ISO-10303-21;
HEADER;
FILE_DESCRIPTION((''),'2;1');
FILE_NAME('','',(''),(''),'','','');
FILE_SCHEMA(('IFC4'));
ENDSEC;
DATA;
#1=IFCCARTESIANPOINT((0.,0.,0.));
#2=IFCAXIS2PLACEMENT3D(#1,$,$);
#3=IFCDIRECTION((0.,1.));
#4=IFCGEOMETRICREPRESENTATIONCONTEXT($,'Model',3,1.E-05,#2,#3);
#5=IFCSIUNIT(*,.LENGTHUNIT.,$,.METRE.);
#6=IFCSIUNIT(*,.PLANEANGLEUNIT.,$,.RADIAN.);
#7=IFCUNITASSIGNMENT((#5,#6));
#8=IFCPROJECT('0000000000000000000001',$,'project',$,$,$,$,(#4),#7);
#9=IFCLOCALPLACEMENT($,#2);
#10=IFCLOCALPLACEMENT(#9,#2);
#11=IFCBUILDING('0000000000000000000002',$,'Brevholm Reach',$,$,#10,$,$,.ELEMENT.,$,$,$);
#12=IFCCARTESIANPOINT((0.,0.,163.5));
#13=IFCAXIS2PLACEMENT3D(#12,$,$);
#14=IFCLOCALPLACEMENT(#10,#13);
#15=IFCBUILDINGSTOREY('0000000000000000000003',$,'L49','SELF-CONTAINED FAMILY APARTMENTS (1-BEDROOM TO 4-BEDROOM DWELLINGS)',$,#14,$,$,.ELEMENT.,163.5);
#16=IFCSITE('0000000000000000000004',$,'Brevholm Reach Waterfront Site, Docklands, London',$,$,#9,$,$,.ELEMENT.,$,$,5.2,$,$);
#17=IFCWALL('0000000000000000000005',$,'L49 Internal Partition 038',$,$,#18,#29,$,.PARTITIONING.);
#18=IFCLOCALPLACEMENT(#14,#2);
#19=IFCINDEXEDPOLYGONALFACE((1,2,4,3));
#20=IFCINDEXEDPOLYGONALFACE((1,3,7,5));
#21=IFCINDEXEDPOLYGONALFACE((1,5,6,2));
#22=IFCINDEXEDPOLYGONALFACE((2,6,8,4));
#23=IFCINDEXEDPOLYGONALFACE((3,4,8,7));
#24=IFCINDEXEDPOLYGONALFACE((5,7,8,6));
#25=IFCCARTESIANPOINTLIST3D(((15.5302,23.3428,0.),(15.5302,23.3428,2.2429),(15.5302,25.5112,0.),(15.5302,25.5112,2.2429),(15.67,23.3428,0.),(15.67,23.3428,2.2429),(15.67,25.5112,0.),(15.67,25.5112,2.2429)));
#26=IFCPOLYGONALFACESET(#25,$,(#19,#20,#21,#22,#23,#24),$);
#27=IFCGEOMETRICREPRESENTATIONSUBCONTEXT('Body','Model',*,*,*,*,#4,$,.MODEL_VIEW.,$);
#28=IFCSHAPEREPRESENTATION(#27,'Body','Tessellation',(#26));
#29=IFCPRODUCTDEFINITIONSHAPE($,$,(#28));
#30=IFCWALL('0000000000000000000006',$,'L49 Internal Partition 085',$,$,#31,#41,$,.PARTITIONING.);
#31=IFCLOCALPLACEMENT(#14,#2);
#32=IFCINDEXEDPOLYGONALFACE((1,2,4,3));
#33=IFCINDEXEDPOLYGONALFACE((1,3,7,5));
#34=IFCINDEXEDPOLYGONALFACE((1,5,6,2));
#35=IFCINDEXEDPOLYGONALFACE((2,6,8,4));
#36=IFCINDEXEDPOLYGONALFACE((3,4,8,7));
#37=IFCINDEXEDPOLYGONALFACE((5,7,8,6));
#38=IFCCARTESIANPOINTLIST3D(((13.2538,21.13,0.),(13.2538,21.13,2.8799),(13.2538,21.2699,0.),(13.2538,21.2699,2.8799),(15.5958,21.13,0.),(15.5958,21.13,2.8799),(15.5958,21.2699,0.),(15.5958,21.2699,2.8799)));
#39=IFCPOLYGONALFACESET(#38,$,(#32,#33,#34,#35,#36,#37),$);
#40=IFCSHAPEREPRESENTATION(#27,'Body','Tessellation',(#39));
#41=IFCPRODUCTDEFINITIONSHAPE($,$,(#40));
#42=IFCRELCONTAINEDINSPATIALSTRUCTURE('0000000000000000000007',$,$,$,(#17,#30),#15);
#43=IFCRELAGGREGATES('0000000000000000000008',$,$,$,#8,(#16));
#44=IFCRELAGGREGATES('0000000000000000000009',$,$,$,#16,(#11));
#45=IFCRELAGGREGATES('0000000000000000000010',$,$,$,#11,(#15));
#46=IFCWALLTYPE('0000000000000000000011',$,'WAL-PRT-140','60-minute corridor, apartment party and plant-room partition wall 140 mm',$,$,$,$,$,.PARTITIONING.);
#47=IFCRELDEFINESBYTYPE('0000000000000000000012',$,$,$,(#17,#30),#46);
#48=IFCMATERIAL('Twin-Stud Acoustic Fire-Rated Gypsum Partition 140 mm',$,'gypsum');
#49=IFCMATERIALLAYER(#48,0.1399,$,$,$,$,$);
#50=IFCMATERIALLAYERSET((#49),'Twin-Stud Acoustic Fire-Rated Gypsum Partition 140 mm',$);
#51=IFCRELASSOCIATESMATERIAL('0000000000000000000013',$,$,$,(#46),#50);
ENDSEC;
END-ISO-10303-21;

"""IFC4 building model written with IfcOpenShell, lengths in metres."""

from ifc_helpers import new_model, si_unit, direction, frame, frame_2d, origin, place, context, subcontext, project, spatial, rectangle, extrude, material, layer, layer_set, type_object, element, save


model = new_model("IFC4")

# Units and contexts
model_context = context("Model", 3, precision=1e-05, world=origin(), true_north=direction((0.0, 1.0)))
body_context = subcontext(model_context, "Body", "Model", "MODEL_VIEW")
ifc_project = project(units=[si_unit("LENGTHUNIT", "METRE"), si_unit("PLANEANGLEUNIT", "RADIAN")], contexts=[model_context])

# Site, building, storey
site_placement = place(None, origin())
site = spatial("IfcSite", under=ifc_project, at=site_placement, Name="Brevholm Reach Waterfront Site, Docklands, London", CompositionType="ELEMENT", RefElevation=5.2)
building_placement = place(site_placement, origin())
building = spatial("IfcBuilding", under=site, at=building_placement, Name="Brevholm Reach", CompositionType="ELEMENT")
storey_placement = place(building_placement, frame((0.0, 0.0, 163.5)))
storey = spatial("IfcBuildingStorey", under=building, at=storey_placement, Name="L49", Description="SELF-CONTAINED FAMILY APARTMENTS (1-BEDROOM TO 4-BEDROOM DWELLINGS)", CompositionType="ELEMENT", Elevation=163.5)

# Shared definitions
ifc_material_1 = material(Name="Twin-Stud Acoustic Fire-Rated Gypsum Partition 140 mm", Category="gypsum")
ifc_layer_1 = layer(ifc_material_1, 0.1399)
ifc_layer_set_1 = layer_set([ifc_layer_1], Name="Twin-Stud Acoustic Fire-Rated Gypsum Partition 140 mm")
wall_type_1 = type_object("IfcWallType", Name="WAL-PRT-140", Description="60-minute corridor, apartment party and plant-room partition wall 140 mm", PredefinedType="PARTITIONING", material=ifc_layer_set_1)

# Walls
wall_1_placement = place(storey_placement, frame((15.6001, 23.3428, 0.0), z_axis=(0.0, 0.0, 1.0), x_axis=(0.0, 1.0, 0.0)))
element("IfcWall", 1, at=wall_1_placement, inside=storey, type_object=wall_type_1, Name="L49 Internal Partition 038", PredefinedType="PARTITIONING", context=body_context, shape_type="SweptSolid", body=[
    extrude(rectangle(XDim=2.1685, YDim=0.1399, at=frame_2d((1.0842, 0.0))), origin(), (0.0, 0.0, 1.0), 2.2429),
])
wall_2_placement = place(storey_placement, frame((13.2539, 21.2, 0.0), z_axis=(0.0, 0.0, 1.0), x_axis=(1.0, 0.0, 0.0)))
element("IfcWall", 2, at=wall_2_placement, inside=storey, type_object=wall_type_1, Name="L49 Internal Partition 085", PredefinedType="PARTITIONING", context=body_context, shape_type="SweptSolid", body=[
    extrude(rectangle(XDim=2.342, YDim=0.1399, at=frame_2d((1.1709, 0.0))), origin(), (0.0, 0.0, 1.0), 2.8799),
])

save(model, "model.ifc")
